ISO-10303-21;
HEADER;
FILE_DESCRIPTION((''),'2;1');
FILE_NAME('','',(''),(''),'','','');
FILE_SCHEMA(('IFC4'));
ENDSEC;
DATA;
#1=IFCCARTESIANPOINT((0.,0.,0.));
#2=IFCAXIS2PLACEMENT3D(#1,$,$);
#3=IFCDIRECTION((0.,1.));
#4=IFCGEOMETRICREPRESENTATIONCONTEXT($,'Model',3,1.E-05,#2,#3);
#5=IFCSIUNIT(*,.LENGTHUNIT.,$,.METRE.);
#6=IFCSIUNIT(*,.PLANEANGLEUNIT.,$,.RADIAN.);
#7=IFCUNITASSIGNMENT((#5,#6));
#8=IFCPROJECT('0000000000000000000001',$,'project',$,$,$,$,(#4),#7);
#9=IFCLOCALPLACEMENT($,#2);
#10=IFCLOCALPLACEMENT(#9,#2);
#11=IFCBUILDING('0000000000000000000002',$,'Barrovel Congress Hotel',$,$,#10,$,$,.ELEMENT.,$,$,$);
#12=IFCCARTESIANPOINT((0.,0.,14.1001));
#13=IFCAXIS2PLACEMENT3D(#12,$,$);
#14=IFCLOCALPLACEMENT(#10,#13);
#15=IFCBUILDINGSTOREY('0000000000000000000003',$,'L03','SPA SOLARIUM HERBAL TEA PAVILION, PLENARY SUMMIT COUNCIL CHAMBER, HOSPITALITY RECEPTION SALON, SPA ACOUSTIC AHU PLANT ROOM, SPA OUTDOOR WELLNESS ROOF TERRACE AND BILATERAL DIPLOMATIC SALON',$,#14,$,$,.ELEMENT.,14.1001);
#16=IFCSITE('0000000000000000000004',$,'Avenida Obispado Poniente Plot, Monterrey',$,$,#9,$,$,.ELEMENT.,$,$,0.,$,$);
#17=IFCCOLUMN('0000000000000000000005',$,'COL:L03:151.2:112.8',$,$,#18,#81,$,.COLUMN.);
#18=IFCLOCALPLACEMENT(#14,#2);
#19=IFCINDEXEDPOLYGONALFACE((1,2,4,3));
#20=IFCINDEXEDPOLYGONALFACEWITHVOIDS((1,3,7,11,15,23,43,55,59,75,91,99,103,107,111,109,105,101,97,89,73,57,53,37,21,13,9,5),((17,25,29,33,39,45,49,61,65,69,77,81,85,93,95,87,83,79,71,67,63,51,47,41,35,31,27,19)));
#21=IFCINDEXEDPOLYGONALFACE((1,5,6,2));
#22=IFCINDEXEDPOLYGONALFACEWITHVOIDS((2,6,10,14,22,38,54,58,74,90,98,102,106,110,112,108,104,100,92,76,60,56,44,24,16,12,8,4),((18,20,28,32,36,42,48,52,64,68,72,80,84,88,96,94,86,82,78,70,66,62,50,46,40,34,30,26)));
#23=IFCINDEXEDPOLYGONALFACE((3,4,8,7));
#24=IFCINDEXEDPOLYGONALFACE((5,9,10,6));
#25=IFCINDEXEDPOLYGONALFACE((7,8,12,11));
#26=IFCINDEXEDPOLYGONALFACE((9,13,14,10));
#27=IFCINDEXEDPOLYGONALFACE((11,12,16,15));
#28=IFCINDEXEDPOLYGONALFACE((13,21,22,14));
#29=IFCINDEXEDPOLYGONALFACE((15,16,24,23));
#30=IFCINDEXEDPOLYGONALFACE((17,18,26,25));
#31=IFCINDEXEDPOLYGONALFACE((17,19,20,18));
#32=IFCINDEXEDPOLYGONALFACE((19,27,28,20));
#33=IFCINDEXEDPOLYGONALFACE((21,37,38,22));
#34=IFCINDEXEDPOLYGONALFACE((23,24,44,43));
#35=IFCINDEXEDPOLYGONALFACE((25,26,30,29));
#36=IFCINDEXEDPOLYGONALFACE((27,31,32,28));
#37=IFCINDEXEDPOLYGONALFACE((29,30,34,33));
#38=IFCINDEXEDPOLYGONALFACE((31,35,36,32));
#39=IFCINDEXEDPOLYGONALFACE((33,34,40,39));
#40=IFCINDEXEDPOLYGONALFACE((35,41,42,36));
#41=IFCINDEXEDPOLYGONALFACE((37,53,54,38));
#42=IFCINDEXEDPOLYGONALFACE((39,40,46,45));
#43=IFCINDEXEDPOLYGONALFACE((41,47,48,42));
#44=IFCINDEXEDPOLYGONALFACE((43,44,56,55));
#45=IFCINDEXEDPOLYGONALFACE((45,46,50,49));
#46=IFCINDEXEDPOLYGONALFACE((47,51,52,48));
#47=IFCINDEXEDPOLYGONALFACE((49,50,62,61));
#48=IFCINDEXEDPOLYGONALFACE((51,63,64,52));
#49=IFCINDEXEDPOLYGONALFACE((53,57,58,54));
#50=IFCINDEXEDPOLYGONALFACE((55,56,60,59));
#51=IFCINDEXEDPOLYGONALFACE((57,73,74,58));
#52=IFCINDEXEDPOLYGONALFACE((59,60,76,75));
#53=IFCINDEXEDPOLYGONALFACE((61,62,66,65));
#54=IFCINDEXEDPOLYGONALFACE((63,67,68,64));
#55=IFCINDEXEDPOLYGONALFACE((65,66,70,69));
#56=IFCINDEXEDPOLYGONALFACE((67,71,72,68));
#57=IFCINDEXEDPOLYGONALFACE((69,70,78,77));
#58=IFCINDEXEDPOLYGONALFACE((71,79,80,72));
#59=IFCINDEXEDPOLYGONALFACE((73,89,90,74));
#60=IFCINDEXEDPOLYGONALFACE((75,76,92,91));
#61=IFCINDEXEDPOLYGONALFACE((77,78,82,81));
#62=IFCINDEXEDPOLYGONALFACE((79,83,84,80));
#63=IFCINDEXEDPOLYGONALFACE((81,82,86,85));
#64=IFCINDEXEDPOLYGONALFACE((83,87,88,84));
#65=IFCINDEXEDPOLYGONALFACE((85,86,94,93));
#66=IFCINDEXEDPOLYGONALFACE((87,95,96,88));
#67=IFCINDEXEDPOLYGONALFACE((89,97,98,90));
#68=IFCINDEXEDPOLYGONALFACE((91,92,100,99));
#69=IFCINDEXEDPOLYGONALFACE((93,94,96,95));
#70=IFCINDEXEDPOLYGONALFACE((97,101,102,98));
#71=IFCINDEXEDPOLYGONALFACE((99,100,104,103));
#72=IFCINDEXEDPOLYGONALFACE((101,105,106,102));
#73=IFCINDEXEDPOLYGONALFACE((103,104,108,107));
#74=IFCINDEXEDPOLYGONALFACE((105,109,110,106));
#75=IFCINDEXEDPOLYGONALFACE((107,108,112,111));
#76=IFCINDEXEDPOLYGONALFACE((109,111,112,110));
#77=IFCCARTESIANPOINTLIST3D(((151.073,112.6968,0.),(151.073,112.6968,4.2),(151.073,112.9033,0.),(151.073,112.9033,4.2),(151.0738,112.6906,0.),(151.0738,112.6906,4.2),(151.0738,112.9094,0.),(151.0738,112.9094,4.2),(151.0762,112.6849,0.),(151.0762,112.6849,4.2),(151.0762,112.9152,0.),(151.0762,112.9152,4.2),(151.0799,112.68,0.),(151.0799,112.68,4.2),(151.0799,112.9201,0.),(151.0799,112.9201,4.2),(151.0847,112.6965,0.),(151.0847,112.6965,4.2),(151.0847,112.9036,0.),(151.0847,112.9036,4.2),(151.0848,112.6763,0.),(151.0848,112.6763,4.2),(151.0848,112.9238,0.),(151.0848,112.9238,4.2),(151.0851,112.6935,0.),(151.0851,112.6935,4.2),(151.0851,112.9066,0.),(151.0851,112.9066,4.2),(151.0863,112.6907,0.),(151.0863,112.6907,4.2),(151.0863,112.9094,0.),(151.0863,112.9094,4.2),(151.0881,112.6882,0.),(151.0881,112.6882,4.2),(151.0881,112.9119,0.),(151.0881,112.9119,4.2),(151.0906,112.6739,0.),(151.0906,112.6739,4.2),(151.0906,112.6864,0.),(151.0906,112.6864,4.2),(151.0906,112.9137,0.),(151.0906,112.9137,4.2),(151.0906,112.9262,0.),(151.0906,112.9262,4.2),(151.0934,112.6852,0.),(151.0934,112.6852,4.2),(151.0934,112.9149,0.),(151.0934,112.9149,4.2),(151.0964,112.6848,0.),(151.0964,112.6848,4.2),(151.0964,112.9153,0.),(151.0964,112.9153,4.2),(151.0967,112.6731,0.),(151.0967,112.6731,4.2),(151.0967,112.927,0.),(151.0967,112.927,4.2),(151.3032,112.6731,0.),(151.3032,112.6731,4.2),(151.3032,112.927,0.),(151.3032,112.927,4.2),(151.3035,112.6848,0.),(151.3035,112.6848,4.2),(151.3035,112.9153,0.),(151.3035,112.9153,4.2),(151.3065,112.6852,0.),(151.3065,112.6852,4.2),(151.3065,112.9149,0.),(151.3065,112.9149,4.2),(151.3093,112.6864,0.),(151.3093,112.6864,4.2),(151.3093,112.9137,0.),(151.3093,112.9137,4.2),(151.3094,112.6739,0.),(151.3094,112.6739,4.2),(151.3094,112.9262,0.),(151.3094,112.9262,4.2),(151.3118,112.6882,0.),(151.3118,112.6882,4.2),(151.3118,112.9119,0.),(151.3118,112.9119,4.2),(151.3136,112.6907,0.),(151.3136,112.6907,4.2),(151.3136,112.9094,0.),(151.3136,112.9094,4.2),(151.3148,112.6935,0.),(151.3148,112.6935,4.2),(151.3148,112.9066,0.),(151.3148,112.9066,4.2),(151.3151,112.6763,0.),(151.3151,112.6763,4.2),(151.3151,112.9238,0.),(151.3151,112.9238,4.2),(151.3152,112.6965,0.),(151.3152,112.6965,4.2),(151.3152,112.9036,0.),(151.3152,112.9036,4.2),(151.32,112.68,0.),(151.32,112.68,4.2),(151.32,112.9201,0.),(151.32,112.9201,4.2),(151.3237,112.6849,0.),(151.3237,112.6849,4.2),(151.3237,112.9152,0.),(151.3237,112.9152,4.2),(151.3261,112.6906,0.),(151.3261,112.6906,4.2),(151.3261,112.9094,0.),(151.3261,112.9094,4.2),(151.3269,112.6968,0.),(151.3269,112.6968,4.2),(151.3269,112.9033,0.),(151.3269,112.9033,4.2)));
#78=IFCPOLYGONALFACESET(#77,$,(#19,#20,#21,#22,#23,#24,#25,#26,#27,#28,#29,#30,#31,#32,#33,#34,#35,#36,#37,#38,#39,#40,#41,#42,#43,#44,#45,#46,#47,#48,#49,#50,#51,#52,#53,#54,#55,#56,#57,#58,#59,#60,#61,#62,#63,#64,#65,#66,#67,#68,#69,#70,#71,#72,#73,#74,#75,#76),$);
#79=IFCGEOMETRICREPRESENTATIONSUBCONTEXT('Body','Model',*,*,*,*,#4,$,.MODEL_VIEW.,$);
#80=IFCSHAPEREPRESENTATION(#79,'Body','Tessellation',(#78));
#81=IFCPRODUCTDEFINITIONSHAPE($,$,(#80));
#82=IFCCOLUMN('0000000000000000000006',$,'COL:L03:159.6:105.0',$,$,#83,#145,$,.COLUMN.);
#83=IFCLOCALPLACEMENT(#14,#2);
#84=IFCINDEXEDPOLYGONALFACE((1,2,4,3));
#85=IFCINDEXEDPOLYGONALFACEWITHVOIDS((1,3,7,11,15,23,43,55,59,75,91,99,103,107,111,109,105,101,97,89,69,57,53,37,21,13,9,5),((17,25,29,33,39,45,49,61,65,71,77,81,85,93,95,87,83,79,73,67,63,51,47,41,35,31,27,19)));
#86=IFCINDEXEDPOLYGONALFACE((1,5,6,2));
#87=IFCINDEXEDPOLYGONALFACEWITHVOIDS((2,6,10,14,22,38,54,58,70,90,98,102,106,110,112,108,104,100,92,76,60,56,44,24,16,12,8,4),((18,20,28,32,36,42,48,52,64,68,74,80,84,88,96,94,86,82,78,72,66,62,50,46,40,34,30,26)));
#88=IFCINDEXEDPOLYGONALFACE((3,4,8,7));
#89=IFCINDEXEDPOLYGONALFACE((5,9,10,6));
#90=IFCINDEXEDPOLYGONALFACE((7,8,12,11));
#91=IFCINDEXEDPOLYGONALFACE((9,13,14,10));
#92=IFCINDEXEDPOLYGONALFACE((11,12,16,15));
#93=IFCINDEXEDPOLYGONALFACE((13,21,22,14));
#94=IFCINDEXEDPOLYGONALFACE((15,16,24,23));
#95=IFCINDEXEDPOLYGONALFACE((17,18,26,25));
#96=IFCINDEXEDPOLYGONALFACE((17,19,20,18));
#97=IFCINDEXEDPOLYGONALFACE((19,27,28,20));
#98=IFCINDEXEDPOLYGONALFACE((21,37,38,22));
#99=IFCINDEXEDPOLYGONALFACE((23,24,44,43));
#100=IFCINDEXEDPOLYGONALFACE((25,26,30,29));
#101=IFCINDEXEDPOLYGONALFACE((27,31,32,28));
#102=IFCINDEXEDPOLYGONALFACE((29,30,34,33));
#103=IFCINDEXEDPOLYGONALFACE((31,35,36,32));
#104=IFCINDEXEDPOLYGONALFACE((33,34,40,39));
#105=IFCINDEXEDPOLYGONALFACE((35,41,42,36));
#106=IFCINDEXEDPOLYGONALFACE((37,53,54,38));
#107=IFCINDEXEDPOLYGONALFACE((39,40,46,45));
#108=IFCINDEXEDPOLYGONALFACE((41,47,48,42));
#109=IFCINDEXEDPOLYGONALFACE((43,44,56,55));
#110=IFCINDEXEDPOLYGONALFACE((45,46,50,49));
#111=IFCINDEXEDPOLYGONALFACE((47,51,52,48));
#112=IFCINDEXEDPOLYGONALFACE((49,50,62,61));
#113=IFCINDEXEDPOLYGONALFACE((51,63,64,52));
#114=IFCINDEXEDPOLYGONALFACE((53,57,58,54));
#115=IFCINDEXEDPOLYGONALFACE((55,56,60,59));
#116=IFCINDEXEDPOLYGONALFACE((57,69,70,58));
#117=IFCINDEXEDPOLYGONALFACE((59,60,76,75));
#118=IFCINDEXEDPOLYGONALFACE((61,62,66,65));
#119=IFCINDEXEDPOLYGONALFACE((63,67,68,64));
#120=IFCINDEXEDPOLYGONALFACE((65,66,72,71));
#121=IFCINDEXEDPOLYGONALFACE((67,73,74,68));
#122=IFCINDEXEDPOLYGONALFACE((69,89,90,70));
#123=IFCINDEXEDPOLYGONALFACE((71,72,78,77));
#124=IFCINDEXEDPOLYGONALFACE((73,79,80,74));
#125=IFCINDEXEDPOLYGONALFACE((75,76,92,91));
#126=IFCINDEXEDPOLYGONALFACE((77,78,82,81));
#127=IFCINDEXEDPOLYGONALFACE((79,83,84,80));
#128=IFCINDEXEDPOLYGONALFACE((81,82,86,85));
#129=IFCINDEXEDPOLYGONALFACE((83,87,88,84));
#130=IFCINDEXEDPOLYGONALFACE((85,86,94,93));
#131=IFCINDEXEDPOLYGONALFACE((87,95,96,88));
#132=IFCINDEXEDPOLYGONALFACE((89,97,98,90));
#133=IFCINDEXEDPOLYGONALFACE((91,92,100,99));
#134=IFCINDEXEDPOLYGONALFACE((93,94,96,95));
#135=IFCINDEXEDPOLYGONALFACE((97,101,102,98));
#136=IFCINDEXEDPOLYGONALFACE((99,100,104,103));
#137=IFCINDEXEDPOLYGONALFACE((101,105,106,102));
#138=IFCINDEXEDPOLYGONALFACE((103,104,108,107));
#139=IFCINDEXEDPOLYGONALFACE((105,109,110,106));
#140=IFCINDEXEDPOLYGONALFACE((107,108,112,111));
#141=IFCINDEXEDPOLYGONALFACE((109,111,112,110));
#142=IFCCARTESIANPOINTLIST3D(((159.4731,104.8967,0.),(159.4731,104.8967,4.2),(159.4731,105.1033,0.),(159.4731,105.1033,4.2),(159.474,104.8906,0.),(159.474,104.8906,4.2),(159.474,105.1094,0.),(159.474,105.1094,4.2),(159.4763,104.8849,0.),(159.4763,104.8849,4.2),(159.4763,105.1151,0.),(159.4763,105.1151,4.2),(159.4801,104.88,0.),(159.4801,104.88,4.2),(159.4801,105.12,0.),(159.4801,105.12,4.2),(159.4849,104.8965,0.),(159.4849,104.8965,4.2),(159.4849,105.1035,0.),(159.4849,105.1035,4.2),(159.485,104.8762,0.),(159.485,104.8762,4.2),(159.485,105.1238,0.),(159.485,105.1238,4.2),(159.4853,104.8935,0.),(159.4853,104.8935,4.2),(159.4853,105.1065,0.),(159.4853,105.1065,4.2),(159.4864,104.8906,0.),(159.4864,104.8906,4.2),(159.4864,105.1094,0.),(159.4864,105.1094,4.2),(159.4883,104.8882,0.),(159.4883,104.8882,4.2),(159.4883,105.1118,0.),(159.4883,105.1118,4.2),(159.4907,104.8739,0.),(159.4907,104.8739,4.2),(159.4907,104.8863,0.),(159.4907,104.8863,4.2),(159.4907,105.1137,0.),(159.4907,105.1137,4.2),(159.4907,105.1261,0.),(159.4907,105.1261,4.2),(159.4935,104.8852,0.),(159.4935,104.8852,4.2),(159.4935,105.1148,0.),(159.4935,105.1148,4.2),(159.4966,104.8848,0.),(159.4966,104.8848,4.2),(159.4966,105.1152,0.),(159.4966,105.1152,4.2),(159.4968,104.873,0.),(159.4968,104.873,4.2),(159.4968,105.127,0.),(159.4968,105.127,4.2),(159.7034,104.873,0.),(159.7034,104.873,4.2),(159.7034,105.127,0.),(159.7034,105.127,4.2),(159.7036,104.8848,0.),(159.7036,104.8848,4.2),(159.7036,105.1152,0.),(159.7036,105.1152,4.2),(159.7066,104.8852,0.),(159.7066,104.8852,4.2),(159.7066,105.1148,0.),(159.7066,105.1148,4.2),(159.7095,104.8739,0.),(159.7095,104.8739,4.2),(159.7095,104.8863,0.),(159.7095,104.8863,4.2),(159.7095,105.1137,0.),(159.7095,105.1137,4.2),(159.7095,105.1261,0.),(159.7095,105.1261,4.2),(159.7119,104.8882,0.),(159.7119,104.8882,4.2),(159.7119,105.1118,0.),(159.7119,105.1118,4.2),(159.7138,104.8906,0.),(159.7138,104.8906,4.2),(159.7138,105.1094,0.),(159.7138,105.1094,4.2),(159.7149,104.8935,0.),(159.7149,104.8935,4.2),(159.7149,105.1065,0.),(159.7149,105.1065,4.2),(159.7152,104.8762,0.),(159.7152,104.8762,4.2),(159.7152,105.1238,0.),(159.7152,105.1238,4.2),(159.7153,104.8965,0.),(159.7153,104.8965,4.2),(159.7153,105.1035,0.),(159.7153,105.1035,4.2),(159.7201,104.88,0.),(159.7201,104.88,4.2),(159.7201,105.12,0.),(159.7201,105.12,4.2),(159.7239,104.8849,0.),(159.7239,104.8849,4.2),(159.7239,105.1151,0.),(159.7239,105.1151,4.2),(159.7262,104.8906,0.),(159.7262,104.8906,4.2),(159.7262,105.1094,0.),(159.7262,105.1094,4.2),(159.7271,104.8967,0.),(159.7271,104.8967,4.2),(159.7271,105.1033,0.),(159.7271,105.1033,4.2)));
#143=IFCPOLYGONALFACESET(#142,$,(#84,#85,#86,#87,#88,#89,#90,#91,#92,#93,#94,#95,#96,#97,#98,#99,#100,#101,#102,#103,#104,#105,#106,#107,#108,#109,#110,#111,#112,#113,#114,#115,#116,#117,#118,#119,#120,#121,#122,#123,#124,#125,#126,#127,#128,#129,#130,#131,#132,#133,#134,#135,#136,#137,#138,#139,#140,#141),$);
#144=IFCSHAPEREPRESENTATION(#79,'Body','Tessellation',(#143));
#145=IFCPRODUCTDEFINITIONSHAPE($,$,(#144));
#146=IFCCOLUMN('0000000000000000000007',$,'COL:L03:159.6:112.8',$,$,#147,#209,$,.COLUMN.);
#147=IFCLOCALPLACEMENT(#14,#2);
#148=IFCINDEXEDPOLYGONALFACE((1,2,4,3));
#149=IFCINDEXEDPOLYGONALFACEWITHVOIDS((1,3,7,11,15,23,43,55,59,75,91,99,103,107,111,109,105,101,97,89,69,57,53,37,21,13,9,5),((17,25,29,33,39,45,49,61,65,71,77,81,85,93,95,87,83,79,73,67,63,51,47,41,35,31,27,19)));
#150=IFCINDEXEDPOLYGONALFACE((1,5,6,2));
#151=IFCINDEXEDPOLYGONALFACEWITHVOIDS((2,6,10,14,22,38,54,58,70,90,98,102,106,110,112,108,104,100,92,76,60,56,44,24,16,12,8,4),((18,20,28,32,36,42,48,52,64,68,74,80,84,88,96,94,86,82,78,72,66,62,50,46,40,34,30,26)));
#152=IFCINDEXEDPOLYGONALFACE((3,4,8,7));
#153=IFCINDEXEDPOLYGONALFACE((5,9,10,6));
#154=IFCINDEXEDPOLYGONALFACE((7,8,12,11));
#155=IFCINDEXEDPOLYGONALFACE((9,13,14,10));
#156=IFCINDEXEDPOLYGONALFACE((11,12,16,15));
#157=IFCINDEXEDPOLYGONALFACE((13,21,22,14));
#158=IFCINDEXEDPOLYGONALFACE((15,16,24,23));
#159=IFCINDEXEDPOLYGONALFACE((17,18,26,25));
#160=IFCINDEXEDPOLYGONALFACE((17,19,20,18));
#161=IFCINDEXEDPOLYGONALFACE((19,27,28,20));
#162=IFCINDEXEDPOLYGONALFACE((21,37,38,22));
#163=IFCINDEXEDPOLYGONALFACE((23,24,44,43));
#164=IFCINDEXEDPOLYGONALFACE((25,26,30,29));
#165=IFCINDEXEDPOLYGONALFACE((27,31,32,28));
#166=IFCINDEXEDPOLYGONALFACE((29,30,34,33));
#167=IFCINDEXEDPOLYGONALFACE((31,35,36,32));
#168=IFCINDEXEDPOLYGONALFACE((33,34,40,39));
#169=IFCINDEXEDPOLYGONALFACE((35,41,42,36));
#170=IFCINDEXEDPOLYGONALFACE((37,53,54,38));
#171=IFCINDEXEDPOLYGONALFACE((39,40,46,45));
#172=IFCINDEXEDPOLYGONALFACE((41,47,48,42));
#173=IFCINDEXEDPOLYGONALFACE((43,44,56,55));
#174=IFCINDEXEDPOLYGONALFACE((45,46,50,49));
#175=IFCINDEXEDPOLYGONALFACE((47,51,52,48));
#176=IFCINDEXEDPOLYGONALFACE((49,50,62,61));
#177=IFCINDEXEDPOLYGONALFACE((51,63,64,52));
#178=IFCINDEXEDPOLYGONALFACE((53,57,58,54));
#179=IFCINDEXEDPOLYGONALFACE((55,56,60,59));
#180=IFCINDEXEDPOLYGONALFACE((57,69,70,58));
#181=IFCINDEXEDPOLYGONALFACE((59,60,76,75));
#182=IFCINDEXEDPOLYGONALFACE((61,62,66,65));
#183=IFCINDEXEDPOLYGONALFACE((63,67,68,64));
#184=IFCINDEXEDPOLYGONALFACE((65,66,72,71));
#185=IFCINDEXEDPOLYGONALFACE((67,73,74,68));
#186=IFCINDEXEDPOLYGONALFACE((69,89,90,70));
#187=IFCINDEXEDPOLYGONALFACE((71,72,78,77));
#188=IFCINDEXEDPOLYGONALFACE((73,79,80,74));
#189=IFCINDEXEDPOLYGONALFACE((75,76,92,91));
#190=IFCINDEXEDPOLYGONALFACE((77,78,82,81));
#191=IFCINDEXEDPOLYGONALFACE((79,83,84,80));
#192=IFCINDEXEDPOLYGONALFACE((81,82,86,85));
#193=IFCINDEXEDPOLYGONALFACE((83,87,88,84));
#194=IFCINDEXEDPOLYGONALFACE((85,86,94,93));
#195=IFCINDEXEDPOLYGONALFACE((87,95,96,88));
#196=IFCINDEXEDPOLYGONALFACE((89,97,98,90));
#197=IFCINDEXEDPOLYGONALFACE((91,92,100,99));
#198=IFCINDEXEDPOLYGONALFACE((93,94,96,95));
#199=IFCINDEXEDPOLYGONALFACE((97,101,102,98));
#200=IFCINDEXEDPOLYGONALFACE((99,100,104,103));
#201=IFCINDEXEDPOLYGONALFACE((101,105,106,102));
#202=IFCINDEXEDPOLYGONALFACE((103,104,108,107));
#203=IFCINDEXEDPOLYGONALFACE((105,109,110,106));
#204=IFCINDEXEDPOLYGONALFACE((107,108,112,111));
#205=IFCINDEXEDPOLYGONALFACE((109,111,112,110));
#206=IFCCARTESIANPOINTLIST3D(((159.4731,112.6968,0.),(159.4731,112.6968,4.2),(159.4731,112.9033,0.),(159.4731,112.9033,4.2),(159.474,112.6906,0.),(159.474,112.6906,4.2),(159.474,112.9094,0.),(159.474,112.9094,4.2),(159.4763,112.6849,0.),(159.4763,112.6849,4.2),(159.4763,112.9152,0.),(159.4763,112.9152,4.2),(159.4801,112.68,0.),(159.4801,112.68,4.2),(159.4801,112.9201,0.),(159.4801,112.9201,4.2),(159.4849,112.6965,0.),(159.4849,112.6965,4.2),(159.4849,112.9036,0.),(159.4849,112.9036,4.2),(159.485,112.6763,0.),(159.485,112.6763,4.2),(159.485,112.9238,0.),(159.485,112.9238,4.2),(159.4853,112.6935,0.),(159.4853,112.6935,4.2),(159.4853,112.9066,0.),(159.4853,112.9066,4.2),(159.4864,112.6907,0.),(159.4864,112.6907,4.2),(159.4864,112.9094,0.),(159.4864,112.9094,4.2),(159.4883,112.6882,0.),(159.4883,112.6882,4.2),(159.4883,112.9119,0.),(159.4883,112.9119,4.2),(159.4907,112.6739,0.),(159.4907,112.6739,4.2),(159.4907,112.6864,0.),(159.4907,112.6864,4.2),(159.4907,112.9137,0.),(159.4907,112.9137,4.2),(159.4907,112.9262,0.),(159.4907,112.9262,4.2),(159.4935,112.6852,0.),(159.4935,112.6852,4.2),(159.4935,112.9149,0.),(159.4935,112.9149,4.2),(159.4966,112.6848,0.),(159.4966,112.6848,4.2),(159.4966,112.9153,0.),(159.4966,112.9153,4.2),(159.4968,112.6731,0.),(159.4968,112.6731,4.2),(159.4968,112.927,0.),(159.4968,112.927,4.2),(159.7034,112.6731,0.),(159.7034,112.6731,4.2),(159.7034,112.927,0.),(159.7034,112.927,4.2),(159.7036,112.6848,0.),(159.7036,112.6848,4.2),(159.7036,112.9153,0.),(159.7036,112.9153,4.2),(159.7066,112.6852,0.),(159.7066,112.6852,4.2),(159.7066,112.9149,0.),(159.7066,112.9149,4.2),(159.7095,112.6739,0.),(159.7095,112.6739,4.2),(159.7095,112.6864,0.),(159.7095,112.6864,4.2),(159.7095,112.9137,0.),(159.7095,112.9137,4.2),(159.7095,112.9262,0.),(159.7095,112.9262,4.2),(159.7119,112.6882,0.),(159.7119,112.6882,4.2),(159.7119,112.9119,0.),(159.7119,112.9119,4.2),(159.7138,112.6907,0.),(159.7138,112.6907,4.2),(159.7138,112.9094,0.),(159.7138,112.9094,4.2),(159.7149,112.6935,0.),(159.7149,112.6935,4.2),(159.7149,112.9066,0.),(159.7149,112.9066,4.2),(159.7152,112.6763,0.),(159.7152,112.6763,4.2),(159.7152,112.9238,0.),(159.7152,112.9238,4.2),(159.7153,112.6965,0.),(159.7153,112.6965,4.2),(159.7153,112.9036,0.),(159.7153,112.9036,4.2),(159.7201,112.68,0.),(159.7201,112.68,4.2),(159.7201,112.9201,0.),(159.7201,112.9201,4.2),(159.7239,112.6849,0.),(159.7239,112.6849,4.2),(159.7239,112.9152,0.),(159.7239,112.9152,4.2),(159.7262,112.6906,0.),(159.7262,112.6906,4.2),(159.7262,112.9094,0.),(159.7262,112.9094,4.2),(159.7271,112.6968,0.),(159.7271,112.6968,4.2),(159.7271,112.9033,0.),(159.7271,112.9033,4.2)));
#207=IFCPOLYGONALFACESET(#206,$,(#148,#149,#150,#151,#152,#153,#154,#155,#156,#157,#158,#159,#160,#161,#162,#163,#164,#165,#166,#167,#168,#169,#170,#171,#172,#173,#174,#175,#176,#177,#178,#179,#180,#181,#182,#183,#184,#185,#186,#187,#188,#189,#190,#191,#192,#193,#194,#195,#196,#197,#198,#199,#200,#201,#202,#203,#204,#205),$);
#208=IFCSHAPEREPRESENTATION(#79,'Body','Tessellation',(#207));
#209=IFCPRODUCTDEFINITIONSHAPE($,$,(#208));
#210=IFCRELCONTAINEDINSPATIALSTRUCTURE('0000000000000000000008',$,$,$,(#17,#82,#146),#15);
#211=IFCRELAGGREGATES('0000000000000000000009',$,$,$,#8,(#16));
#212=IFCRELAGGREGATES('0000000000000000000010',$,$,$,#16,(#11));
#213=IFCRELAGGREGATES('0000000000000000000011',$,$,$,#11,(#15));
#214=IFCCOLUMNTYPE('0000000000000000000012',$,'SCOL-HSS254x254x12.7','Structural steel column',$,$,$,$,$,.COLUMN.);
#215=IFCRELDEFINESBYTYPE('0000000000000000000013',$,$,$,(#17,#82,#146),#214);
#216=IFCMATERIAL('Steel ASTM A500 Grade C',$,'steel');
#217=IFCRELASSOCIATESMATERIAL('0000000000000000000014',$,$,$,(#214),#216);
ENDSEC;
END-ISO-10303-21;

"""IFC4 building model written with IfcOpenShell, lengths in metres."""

from ifc_helpers import new_model, si_unit, direction, frame, origin, origin_2d, place, context, subcontext, project, spatial, hollow_rectangle, extrude, material, material_profile, profile_set, type_object, element, save


model = new_model("IFC4")

# Units and contexts
model_context = context("Model", 3, precision=1e-05, world=origin(), true_north=direction((0.0, 1.0)))
body_context = subcontext(model_context, "Body", "Model", "MODEL_VIEW")
ifc_project = project(units=[si_unit("LENGTHUNIT", "METRE"), si_unit("PLANEANGLEUNIT", "RADIAN")], contexts=[model_context])

# Site, building, storey
site_placement = place(None, origin())
site = spatial("IfcSite", under=ifc_project, at=site_placement, Name="Avenida Obispado Poniente Plot, Monterrey", CompositionType="ELEMENT", RefElevation=0.0)
building_placement = place(site_placement, origin())
building = spatial("IfcBuilding", under=site, at=building_placement, Name="Barrovel Congress Hotel", CompositionType="ELEMENT")
storey_placement = place(building_placement, frame((0.0, 0.0, 14.1001)))
storey = spatial("IfcBuildingStorey", under=building, at=storey_placement, Name="L03", Description="SPA SOLARIUM HERBAL TEA PAVILION, PLENARY SUMMIT COUNCIL CHAMBER, HOSPITALITY RECEPTION SALON, SPA ACOUSTIC AHU PLANT ROOM, SPA OUTDOOR WELLNESS ROOF TERRACE AND BILATERAL DIPLOMATIC SALON", CompositionType="ELEMENT", Elevation=14.1001)

# Columns
ifc_material_1 = material(Name="Steel ASTM A500 Grade C", Category="steel")
ifc_material_profile_1 = material_profile(ifc_material_1, hollow_rectangle(XDim=0.2539, YDim=0.2539, WallThickness=0.0117, InnerFilletRadius=0.0117, OuterFilletRadius=0.0237, at=origin_2d()), Name="HSS254x254x12.7")
ifc_profile_set_1 = profile_set([ifc_material_profile_1], Name="Steel ASTM A500 Grade C")
column_type = type_object("IfcColumnType", Name="SCOL-HSS254x254x12.7", Description="Structural steel column", PredefinedType="COLUMN", material=ifc_profile_set_1)
for number, where, z_axis, x_axis, name in (
    (1, (151.2, 112.8, 0.0), (0.0, 0.0, 1.0), (1.0, 0.0, 0.0), "COL:L03:151.2:112.8"),
    (2, (159.6001, 105.0, 0.0), (0.0, 0.0, 1.0), (1.0, 0.0, 0.0), "COL:L03:159.6:105.0"),
    (3, (159.6001, 112.8, 0.0), (0.0, 0.0, 1.0), (1.0, 0.0, 0.0), "COL:L03:159.6:112.8"),
):
    element("IfcColumn", number, at=place(storey_placement, frame(where, z_axis=z_axis, x_axis=x_axis)), inside=storey, type_object=column_type, Name=name, PredefinedType="COLUMN", context=body_context, shape_type="SweptSolid", body=[
        extrude(hollow_rectangle(XDim=0.2539, YDim=0.2539, WallThickness=0.0117, InnerFilletRadius=0.0117, OuterFilletRadius=0.0237, at=origin_2d()), origin(), (0.0, 0.0, 1.0), 4.2),
    ])

save(model, "model.ifc")
